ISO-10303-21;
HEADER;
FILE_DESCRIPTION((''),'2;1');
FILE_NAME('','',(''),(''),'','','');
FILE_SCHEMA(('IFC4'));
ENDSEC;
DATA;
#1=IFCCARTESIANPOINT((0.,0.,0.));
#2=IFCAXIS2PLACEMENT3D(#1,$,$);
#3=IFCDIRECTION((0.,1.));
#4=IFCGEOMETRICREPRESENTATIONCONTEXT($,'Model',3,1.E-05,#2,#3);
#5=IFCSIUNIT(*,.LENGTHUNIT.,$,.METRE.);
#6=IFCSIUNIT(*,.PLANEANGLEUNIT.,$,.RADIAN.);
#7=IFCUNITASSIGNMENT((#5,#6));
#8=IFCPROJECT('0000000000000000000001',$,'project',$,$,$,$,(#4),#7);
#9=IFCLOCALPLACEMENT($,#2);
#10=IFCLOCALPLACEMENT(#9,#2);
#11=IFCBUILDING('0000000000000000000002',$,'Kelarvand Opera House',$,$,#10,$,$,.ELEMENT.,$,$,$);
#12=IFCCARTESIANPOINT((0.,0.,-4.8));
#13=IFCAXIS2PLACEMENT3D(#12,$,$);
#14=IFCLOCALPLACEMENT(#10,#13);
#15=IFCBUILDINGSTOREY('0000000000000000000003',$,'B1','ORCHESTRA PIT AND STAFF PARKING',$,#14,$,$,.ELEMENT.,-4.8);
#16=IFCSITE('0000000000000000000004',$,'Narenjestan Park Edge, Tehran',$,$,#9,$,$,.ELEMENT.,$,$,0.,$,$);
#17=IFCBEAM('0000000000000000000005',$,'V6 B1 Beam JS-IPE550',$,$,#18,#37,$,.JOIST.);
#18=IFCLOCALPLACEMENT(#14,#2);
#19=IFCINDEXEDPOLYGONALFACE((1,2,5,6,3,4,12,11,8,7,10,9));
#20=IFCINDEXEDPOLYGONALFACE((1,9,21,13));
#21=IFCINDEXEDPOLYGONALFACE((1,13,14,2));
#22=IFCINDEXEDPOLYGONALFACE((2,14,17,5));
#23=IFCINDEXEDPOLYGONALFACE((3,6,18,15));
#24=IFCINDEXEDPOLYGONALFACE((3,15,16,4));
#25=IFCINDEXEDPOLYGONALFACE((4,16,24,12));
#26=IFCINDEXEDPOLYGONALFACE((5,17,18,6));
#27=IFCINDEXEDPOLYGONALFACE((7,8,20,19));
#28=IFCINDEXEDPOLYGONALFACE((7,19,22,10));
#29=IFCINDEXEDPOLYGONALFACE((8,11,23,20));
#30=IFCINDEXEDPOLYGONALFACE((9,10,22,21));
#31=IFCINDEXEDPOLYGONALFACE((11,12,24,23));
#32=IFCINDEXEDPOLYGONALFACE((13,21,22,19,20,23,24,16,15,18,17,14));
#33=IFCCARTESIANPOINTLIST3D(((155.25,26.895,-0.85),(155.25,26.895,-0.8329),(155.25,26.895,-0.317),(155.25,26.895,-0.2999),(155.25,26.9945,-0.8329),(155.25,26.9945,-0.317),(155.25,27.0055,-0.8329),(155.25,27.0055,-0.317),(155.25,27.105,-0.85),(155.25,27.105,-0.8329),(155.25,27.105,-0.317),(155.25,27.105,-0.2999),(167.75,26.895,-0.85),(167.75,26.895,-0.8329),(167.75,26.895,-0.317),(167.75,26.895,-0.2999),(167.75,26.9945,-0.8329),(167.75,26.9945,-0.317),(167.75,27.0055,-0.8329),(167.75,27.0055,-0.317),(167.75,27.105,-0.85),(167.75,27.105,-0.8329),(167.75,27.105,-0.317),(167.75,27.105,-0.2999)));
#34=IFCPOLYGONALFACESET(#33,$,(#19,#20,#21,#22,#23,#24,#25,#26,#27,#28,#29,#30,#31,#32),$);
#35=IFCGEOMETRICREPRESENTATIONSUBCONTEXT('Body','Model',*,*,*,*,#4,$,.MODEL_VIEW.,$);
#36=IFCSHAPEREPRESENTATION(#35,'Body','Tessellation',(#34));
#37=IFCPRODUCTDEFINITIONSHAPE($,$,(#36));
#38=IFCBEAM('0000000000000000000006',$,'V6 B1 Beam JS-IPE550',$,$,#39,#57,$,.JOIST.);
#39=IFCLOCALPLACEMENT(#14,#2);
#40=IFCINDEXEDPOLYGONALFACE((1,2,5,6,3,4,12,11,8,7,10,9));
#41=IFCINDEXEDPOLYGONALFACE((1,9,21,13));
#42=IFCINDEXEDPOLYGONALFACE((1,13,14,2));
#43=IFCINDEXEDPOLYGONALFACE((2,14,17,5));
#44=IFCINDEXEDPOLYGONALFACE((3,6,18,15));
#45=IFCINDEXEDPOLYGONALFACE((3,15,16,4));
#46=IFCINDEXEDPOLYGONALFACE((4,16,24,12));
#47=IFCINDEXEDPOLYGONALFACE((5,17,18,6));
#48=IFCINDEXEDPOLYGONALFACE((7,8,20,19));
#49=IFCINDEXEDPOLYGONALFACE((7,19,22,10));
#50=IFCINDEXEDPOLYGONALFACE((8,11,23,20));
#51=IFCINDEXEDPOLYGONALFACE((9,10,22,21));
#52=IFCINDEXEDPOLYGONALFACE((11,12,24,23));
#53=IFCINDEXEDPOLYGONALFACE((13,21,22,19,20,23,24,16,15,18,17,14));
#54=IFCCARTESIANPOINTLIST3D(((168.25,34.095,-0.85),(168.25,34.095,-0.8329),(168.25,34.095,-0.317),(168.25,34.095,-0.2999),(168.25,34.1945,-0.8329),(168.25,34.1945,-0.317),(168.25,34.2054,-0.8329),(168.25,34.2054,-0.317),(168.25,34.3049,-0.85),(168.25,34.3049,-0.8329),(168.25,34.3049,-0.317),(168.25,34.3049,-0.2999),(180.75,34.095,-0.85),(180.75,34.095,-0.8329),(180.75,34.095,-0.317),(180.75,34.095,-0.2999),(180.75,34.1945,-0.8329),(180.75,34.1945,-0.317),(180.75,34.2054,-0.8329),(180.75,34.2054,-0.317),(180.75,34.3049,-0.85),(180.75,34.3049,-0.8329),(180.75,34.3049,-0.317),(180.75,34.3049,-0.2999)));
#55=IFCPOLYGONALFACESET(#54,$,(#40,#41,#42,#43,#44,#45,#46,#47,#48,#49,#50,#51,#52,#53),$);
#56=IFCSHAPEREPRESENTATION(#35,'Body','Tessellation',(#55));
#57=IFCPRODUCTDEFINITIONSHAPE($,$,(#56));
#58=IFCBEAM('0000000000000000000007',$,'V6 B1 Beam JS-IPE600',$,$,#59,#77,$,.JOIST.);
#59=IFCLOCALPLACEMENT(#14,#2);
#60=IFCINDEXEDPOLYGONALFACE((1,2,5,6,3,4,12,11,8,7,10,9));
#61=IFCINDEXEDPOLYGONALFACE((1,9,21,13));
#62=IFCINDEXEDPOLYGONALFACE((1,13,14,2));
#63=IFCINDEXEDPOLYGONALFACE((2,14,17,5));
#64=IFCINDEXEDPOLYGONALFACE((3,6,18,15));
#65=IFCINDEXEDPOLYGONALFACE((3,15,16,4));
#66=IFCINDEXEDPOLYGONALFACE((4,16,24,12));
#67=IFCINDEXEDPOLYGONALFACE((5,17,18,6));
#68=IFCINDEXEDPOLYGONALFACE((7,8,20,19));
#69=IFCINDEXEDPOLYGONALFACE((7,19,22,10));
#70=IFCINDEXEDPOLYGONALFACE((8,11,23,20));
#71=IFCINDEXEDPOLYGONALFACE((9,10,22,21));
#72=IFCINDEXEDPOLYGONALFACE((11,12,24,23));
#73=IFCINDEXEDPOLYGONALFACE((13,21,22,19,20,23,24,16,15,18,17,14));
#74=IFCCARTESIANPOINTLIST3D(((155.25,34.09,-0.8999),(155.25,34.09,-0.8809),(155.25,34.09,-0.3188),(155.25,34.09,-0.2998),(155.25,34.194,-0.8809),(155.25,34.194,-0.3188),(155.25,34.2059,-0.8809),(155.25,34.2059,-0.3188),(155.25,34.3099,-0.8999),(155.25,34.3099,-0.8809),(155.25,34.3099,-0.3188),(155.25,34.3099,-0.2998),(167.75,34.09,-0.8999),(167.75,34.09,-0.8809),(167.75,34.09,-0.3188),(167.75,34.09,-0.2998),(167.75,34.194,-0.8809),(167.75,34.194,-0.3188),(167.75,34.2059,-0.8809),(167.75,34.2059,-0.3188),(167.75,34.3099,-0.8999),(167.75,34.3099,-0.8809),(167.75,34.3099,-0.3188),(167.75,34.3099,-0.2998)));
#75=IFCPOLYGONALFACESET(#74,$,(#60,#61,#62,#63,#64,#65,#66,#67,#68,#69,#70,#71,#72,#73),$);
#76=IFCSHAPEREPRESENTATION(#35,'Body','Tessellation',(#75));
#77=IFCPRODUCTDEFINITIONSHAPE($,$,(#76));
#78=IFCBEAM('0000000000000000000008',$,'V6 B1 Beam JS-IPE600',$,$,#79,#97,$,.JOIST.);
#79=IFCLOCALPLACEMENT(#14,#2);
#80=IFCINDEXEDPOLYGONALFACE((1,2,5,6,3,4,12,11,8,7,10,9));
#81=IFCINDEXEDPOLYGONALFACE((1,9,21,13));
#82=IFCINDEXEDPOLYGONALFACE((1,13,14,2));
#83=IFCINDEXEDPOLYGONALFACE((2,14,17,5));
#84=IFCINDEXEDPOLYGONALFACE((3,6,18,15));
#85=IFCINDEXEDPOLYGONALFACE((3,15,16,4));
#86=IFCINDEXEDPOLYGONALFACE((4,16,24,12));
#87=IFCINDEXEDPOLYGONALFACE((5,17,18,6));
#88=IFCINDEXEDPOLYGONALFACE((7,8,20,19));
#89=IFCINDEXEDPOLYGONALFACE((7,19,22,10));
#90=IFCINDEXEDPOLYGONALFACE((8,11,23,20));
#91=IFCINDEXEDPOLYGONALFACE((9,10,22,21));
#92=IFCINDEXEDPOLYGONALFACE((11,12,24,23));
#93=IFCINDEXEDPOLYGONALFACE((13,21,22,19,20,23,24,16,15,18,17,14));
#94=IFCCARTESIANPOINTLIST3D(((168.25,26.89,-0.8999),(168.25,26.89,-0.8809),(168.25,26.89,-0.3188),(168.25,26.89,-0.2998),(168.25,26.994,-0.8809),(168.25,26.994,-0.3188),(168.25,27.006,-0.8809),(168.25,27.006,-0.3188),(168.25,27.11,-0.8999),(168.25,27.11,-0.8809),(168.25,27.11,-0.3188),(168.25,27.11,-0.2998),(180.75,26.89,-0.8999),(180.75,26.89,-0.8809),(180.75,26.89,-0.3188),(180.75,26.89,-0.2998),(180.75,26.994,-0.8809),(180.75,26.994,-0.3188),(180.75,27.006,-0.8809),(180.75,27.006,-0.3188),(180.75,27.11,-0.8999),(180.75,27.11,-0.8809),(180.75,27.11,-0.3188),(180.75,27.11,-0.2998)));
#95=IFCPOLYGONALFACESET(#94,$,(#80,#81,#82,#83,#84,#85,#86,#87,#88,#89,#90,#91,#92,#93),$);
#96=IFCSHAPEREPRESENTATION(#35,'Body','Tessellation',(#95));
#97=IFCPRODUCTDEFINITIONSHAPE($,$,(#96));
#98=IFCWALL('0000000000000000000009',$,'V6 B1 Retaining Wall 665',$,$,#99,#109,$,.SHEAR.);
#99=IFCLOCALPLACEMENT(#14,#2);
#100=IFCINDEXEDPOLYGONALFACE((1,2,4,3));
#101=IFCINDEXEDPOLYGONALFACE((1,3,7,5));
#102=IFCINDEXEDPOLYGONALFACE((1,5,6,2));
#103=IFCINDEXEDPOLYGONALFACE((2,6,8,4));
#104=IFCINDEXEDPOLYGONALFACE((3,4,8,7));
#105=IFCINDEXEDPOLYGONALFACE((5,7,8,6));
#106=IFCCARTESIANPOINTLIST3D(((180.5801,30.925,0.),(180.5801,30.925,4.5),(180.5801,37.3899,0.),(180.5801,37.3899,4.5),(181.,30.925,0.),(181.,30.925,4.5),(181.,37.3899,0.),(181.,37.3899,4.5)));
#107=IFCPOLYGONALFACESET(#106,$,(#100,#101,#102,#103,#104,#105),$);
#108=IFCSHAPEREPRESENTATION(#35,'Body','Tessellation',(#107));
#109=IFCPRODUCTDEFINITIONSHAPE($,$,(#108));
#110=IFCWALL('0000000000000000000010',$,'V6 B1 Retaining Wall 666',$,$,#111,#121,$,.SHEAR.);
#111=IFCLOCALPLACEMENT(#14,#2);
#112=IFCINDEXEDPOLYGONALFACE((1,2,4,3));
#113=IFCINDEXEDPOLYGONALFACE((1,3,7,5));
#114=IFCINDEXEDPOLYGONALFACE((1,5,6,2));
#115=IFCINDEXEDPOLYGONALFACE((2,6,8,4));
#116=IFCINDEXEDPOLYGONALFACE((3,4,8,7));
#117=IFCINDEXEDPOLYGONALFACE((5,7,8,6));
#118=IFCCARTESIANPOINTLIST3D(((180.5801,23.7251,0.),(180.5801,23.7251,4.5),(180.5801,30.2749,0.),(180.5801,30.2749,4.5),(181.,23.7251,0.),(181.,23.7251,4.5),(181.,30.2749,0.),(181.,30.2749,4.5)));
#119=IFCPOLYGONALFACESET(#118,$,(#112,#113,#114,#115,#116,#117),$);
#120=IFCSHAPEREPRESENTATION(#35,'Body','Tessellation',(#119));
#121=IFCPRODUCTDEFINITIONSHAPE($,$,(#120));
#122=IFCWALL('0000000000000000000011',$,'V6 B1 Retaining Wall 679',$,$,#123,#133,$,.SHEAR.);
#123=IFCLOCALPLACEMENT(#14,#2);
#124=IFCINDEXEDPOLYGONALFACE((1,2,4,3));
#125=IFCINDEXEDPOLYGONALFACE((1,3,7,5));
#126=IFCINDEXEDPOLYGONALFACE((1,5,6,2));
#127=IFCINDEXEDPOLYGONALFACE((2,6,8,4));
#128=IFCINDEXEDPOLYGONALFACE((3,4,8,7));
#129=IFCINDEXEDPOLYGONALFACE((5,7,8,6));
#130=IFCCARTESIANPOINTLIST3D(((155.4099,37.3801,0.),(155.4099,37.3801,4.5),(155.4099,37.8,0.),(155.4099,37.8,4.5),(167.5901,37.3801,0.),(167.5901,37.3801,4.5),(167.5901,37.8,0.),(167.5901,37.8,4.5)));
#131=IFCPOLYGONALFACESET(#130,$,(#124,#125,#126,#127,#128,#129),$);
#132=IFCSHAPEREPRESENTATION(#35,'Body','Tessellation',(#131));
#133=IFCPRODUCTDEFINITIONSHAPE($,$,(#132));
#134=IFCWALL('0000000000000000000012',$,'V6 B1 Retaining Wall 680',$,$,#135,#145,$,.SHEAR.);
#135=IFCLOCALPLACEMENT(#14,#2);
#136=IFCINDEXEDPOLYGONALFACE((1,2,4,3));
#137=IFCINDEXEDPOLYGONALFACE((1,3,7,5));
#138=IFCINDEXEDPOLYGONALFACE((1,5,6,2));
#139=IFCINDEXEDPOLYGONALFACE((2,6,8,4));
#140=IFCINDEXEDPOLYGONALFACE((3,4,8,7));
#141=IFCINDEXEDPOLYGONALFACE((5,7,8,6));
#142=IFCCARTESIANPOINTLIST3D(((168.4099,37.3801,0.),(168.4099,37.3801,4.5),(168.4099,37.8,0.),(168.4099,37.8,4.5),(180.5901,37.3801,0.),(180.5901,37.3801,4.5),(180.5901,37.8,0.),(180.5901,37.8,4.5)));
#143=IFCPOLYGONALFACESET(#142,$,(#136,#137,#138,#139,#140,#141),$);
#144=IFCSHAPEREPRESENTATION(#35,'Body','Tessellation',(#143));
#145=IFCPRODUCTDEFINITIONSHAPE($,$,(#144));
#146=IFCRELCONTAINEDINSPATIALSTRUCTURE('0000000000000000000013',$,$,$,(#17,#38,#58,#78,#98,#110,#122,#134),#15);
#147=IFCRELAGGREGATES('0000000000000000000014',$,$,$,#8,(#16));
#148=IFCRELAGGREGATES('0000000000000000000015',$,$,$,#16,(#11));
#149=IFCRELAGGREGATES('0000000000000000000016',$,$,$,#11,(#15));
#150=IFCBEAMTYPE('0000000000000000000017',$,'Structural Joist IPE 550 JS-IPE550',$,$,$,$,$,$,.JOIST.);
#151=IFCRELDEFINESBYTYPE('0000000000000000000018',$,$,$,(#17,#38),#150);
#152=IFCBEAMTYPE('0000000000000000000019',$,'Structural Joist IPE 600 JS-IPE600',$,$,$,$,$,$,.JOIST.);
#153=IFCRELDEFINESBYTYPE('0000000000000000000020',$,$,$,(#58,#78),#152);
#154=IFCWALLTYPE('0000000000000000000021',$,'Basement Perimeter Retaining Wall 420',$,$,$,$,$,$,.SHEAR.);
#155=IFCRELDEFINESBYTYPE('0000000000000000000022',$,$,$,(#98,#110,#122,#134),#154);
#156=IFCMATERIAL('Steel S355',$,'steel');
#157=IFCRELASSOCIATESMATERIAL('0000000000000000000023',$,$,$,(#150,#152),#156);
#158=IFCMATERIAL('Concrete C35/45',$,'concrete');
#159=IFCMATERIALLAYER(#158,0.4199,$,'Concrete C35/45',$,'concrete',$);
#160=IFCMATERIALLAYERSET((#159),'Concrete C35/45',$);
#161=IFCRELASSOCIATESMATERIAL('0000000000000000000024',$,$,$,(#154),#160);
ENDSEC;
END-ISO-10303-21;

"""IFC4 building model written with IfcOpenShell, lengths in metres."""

from ifc_helpers import new_model, si_unit, direction, frame, frame_2d, origin, origin_2d, place, context, subcontext, project, spatial, rectangle, i_section, extrude, material, layer, layer_set, material_profile, profile_set, type_object, element, save


model = new_model("IFC4")

# Units and contexts
model_context = context("Model", 3, precision=1e-05, world=origin(), true_north=direction((0.0, 1.0)))
body_context = subcontext(model_context, "Body", "Model", "MODEL_VIEW")
ifc_project = project(units=[si_unit("LENGTHUNIT", "METRE"), si_unit("PLANEANGLEUNIT", "RADIAN")], contexts=[model_context])

# Site, building, storey
site_placement = place(None, origin())
site = spatial("IfcSite", under=ifc_project, at=site_placement, Name="Narenjestan Park Edge, Tehran", CompositionType="ELEMENT", RefElevation=0.0)
building_placement = place(site_placement, origin())
building = spatial("IfcBuilding", under=site, at=building_placement, Name="Kelarvand Opera House", CompositionType="ELEMENT")
storey_placement = place(building_placement, frame((0.0, 0.0, -4.8)))
storey = spatial("IfcBuildingStorey", under=building, at=storey_placement, Name="B1", Description="ORCHESTRA PIT AND STAFF PARKING", CompositionType="ELEMENT", Elevation=-4.8)

# Beams
ifc_material_1 = material(Name="Steel S355", Category="steel")
ifc_material_profile_1 = material_profile(ifc_material_1, i_section(OverallWidth=0.21, OverallDepth=0.55, WebThickness=0.011, FlangeThickness=0.0171, at=origin_2d()), Name="IPE 550", Category="steel")
ifc_profile_set_1 = profile_set([ifc_material_profile_1], Name="Steel S355")
beam_type_1 = type_object("IfcBeamType", Name="Structural Joist IPE 550 JS-IPE550", PredefinedType="JOIST", material=ifc_profile_set_1)
for number, where, z_axis, x_axis, name in (
    (1, (155.25, 27.0, -0.575), (1.0, 0.0, 0.0), (0.0, 1.0, 0.0), "V6 B1 Beam JS-IPE550"),
    (2, (168.25, 34.2, -0.575), (1.0, 0.0, 0.0), (0.0, 1.0, 0.0), "V6 B1 Beam JS-IPE550"),
):
    element("IfcBeam", number, at=place(storey_placement, frame(where, z_axis=z_axis, x_axis=x_axis)), inside=storey, type_object=beam_type_1, Name=name, PredefinedType="JOIST", context=body_context, shape_type="SweptSolid", body=[
        extrude(i_section(OverallWidth=0.21, OverallDepth=0.55, WebThickness=0.011, FlangeThickness=0.0171, at=origin_2d()), origin(), (0.0, 0.0, 1.0), 12.5),
    ])
ifc_material_profile_2 = material_profile(ifc_material_1, i_section(OverallWidth=0.22, OverallDepth=0.6001, WebThickness=0.012, FlangeThickness=0.019, at=origin_2d()), Name="IPE 600", Category="steel")
ifc_profile_set_2 = profile_set([ifc_material_profile_2], Name="Steel S355")
beam_type_2 = type_object("IfcBeamType", Name="Structural Joist IPE 600 JS-IPE600", PredefinedType="JOIST", material=ifc_profile_set_2)
for number, where, z_axis, x_axis, name in (
    (3, (155.25, 34.2, -0.5999), (1.0, 0.0, 0.0), (0.0, 1.0, 0.0), "V6 B1 Beam JS-IPE600"),
    (4, (168.25, 27.0, -0.5999), (1.0, 0.0, 0.0), (0.0, 1.0, 0.0), "V6 B1 Beam JS-IPE600"),
):
    element("IfcBeam", number, at=place(storey_placement, frame(where, z_axis=z_axis, x_axis=x_axis)), inside=storey, type_object=beam_type_2, Name=name, PredefinedType="JOIST", context=body_context, shape_type="SweptSolid", body=[
        extrude(i_section(OverallWidth=0.22, OverallDepth=0.6001, WebThickness=0.012, FlangeThickness=0.019, at=origin_2d()), origin(), (0.0, 0.0, 1.0), 12.5),
    ])

# Walls
ifc_material_2 = material(Name="Concrete C35/45", Category="concrete")
ifc_layer = layer(ifc_material_2, 0.4199, Name="Concrete C35/45", Category="concrete")
ifc_layer_set = layer_set([ifc_layer], Name="Concrete C35/45")
wall_type = type_object("IfcWallType", Name="Basement Perimeter Retaining Wall 420", PredefinedType="SHEAR", material=ifc_layer_set)
wall_1_placement = place(storey_placement, frame((180.79, 37.3899, 0.0), z_axis=(0.0, 0.0, 1.0), x_axis=(0.0, -1.0, 0.0)))
element("IfcWall", 5, at=wall_1_placement, inside=storey, type_object=wall_type, Name="V6 B1 Retaining Wall 665", PredefinedType="SHEAR", context=body_context, shape_type="SweptSolid", body=[
    extrude(rectangle(XDim=6.4648, YDim=0.4199, at=frame_2d((3.2324, 0.0))), origin(), (0.0, 0.0, 1.0), 4.5),
])
wall_2_placement = place(storey_placement, frame((180.79, 30.2749, 0.0), z_axis=(0.0, 0.0, 1.0), x_axis=(0.0, -1.0, 0.0)))
element("IfcWall", 6, at=wall_2_placement, inside=storey, type_object=wall_type, Name="V6 B1 Retaining Wall 666", PredefinedType="SHEAR", context=body_context, shape_type="SweptSolid", body=[
    extrude(rectangle(XDim=6.5498, YDim=0.4199, at=frame_2d((3.2749, 0.0))), origin(), (0.0, 0.0, 1.0), 4.5),
])
for number, where, z_axis, x_axis, name in (
    (7, (155.4099, 37.5901, 0.0), (0.0, 0.0, 1.0), (1.0, 0.0, 0.0), "V6 B1 Retaining Wall 679"),
    (8, (168.4099, 37.5901, 0.0), (0.0, 0.0, 1.0), (1.0, 0.0, 0.0), "V6 B1 Retaining Wall 680"),
):
    element("IfcWall", number, at=place(storey_placement, frame(where, z_axis=z_axis, x_axis=x_axis)), inside=storey, type_object=wall_type, Name=name, PredefinedType="SHEAR", context=body_context, shape_type="SweptSolid", body=[
        extrude(rectangle(XDim=12.1802, YDim=0.4199, at=frame_2d((6.0901, 0.0))), origin(), (0.0, 0.0, 1.0), 4.5),
    ])

save(model, "model.ifc")
